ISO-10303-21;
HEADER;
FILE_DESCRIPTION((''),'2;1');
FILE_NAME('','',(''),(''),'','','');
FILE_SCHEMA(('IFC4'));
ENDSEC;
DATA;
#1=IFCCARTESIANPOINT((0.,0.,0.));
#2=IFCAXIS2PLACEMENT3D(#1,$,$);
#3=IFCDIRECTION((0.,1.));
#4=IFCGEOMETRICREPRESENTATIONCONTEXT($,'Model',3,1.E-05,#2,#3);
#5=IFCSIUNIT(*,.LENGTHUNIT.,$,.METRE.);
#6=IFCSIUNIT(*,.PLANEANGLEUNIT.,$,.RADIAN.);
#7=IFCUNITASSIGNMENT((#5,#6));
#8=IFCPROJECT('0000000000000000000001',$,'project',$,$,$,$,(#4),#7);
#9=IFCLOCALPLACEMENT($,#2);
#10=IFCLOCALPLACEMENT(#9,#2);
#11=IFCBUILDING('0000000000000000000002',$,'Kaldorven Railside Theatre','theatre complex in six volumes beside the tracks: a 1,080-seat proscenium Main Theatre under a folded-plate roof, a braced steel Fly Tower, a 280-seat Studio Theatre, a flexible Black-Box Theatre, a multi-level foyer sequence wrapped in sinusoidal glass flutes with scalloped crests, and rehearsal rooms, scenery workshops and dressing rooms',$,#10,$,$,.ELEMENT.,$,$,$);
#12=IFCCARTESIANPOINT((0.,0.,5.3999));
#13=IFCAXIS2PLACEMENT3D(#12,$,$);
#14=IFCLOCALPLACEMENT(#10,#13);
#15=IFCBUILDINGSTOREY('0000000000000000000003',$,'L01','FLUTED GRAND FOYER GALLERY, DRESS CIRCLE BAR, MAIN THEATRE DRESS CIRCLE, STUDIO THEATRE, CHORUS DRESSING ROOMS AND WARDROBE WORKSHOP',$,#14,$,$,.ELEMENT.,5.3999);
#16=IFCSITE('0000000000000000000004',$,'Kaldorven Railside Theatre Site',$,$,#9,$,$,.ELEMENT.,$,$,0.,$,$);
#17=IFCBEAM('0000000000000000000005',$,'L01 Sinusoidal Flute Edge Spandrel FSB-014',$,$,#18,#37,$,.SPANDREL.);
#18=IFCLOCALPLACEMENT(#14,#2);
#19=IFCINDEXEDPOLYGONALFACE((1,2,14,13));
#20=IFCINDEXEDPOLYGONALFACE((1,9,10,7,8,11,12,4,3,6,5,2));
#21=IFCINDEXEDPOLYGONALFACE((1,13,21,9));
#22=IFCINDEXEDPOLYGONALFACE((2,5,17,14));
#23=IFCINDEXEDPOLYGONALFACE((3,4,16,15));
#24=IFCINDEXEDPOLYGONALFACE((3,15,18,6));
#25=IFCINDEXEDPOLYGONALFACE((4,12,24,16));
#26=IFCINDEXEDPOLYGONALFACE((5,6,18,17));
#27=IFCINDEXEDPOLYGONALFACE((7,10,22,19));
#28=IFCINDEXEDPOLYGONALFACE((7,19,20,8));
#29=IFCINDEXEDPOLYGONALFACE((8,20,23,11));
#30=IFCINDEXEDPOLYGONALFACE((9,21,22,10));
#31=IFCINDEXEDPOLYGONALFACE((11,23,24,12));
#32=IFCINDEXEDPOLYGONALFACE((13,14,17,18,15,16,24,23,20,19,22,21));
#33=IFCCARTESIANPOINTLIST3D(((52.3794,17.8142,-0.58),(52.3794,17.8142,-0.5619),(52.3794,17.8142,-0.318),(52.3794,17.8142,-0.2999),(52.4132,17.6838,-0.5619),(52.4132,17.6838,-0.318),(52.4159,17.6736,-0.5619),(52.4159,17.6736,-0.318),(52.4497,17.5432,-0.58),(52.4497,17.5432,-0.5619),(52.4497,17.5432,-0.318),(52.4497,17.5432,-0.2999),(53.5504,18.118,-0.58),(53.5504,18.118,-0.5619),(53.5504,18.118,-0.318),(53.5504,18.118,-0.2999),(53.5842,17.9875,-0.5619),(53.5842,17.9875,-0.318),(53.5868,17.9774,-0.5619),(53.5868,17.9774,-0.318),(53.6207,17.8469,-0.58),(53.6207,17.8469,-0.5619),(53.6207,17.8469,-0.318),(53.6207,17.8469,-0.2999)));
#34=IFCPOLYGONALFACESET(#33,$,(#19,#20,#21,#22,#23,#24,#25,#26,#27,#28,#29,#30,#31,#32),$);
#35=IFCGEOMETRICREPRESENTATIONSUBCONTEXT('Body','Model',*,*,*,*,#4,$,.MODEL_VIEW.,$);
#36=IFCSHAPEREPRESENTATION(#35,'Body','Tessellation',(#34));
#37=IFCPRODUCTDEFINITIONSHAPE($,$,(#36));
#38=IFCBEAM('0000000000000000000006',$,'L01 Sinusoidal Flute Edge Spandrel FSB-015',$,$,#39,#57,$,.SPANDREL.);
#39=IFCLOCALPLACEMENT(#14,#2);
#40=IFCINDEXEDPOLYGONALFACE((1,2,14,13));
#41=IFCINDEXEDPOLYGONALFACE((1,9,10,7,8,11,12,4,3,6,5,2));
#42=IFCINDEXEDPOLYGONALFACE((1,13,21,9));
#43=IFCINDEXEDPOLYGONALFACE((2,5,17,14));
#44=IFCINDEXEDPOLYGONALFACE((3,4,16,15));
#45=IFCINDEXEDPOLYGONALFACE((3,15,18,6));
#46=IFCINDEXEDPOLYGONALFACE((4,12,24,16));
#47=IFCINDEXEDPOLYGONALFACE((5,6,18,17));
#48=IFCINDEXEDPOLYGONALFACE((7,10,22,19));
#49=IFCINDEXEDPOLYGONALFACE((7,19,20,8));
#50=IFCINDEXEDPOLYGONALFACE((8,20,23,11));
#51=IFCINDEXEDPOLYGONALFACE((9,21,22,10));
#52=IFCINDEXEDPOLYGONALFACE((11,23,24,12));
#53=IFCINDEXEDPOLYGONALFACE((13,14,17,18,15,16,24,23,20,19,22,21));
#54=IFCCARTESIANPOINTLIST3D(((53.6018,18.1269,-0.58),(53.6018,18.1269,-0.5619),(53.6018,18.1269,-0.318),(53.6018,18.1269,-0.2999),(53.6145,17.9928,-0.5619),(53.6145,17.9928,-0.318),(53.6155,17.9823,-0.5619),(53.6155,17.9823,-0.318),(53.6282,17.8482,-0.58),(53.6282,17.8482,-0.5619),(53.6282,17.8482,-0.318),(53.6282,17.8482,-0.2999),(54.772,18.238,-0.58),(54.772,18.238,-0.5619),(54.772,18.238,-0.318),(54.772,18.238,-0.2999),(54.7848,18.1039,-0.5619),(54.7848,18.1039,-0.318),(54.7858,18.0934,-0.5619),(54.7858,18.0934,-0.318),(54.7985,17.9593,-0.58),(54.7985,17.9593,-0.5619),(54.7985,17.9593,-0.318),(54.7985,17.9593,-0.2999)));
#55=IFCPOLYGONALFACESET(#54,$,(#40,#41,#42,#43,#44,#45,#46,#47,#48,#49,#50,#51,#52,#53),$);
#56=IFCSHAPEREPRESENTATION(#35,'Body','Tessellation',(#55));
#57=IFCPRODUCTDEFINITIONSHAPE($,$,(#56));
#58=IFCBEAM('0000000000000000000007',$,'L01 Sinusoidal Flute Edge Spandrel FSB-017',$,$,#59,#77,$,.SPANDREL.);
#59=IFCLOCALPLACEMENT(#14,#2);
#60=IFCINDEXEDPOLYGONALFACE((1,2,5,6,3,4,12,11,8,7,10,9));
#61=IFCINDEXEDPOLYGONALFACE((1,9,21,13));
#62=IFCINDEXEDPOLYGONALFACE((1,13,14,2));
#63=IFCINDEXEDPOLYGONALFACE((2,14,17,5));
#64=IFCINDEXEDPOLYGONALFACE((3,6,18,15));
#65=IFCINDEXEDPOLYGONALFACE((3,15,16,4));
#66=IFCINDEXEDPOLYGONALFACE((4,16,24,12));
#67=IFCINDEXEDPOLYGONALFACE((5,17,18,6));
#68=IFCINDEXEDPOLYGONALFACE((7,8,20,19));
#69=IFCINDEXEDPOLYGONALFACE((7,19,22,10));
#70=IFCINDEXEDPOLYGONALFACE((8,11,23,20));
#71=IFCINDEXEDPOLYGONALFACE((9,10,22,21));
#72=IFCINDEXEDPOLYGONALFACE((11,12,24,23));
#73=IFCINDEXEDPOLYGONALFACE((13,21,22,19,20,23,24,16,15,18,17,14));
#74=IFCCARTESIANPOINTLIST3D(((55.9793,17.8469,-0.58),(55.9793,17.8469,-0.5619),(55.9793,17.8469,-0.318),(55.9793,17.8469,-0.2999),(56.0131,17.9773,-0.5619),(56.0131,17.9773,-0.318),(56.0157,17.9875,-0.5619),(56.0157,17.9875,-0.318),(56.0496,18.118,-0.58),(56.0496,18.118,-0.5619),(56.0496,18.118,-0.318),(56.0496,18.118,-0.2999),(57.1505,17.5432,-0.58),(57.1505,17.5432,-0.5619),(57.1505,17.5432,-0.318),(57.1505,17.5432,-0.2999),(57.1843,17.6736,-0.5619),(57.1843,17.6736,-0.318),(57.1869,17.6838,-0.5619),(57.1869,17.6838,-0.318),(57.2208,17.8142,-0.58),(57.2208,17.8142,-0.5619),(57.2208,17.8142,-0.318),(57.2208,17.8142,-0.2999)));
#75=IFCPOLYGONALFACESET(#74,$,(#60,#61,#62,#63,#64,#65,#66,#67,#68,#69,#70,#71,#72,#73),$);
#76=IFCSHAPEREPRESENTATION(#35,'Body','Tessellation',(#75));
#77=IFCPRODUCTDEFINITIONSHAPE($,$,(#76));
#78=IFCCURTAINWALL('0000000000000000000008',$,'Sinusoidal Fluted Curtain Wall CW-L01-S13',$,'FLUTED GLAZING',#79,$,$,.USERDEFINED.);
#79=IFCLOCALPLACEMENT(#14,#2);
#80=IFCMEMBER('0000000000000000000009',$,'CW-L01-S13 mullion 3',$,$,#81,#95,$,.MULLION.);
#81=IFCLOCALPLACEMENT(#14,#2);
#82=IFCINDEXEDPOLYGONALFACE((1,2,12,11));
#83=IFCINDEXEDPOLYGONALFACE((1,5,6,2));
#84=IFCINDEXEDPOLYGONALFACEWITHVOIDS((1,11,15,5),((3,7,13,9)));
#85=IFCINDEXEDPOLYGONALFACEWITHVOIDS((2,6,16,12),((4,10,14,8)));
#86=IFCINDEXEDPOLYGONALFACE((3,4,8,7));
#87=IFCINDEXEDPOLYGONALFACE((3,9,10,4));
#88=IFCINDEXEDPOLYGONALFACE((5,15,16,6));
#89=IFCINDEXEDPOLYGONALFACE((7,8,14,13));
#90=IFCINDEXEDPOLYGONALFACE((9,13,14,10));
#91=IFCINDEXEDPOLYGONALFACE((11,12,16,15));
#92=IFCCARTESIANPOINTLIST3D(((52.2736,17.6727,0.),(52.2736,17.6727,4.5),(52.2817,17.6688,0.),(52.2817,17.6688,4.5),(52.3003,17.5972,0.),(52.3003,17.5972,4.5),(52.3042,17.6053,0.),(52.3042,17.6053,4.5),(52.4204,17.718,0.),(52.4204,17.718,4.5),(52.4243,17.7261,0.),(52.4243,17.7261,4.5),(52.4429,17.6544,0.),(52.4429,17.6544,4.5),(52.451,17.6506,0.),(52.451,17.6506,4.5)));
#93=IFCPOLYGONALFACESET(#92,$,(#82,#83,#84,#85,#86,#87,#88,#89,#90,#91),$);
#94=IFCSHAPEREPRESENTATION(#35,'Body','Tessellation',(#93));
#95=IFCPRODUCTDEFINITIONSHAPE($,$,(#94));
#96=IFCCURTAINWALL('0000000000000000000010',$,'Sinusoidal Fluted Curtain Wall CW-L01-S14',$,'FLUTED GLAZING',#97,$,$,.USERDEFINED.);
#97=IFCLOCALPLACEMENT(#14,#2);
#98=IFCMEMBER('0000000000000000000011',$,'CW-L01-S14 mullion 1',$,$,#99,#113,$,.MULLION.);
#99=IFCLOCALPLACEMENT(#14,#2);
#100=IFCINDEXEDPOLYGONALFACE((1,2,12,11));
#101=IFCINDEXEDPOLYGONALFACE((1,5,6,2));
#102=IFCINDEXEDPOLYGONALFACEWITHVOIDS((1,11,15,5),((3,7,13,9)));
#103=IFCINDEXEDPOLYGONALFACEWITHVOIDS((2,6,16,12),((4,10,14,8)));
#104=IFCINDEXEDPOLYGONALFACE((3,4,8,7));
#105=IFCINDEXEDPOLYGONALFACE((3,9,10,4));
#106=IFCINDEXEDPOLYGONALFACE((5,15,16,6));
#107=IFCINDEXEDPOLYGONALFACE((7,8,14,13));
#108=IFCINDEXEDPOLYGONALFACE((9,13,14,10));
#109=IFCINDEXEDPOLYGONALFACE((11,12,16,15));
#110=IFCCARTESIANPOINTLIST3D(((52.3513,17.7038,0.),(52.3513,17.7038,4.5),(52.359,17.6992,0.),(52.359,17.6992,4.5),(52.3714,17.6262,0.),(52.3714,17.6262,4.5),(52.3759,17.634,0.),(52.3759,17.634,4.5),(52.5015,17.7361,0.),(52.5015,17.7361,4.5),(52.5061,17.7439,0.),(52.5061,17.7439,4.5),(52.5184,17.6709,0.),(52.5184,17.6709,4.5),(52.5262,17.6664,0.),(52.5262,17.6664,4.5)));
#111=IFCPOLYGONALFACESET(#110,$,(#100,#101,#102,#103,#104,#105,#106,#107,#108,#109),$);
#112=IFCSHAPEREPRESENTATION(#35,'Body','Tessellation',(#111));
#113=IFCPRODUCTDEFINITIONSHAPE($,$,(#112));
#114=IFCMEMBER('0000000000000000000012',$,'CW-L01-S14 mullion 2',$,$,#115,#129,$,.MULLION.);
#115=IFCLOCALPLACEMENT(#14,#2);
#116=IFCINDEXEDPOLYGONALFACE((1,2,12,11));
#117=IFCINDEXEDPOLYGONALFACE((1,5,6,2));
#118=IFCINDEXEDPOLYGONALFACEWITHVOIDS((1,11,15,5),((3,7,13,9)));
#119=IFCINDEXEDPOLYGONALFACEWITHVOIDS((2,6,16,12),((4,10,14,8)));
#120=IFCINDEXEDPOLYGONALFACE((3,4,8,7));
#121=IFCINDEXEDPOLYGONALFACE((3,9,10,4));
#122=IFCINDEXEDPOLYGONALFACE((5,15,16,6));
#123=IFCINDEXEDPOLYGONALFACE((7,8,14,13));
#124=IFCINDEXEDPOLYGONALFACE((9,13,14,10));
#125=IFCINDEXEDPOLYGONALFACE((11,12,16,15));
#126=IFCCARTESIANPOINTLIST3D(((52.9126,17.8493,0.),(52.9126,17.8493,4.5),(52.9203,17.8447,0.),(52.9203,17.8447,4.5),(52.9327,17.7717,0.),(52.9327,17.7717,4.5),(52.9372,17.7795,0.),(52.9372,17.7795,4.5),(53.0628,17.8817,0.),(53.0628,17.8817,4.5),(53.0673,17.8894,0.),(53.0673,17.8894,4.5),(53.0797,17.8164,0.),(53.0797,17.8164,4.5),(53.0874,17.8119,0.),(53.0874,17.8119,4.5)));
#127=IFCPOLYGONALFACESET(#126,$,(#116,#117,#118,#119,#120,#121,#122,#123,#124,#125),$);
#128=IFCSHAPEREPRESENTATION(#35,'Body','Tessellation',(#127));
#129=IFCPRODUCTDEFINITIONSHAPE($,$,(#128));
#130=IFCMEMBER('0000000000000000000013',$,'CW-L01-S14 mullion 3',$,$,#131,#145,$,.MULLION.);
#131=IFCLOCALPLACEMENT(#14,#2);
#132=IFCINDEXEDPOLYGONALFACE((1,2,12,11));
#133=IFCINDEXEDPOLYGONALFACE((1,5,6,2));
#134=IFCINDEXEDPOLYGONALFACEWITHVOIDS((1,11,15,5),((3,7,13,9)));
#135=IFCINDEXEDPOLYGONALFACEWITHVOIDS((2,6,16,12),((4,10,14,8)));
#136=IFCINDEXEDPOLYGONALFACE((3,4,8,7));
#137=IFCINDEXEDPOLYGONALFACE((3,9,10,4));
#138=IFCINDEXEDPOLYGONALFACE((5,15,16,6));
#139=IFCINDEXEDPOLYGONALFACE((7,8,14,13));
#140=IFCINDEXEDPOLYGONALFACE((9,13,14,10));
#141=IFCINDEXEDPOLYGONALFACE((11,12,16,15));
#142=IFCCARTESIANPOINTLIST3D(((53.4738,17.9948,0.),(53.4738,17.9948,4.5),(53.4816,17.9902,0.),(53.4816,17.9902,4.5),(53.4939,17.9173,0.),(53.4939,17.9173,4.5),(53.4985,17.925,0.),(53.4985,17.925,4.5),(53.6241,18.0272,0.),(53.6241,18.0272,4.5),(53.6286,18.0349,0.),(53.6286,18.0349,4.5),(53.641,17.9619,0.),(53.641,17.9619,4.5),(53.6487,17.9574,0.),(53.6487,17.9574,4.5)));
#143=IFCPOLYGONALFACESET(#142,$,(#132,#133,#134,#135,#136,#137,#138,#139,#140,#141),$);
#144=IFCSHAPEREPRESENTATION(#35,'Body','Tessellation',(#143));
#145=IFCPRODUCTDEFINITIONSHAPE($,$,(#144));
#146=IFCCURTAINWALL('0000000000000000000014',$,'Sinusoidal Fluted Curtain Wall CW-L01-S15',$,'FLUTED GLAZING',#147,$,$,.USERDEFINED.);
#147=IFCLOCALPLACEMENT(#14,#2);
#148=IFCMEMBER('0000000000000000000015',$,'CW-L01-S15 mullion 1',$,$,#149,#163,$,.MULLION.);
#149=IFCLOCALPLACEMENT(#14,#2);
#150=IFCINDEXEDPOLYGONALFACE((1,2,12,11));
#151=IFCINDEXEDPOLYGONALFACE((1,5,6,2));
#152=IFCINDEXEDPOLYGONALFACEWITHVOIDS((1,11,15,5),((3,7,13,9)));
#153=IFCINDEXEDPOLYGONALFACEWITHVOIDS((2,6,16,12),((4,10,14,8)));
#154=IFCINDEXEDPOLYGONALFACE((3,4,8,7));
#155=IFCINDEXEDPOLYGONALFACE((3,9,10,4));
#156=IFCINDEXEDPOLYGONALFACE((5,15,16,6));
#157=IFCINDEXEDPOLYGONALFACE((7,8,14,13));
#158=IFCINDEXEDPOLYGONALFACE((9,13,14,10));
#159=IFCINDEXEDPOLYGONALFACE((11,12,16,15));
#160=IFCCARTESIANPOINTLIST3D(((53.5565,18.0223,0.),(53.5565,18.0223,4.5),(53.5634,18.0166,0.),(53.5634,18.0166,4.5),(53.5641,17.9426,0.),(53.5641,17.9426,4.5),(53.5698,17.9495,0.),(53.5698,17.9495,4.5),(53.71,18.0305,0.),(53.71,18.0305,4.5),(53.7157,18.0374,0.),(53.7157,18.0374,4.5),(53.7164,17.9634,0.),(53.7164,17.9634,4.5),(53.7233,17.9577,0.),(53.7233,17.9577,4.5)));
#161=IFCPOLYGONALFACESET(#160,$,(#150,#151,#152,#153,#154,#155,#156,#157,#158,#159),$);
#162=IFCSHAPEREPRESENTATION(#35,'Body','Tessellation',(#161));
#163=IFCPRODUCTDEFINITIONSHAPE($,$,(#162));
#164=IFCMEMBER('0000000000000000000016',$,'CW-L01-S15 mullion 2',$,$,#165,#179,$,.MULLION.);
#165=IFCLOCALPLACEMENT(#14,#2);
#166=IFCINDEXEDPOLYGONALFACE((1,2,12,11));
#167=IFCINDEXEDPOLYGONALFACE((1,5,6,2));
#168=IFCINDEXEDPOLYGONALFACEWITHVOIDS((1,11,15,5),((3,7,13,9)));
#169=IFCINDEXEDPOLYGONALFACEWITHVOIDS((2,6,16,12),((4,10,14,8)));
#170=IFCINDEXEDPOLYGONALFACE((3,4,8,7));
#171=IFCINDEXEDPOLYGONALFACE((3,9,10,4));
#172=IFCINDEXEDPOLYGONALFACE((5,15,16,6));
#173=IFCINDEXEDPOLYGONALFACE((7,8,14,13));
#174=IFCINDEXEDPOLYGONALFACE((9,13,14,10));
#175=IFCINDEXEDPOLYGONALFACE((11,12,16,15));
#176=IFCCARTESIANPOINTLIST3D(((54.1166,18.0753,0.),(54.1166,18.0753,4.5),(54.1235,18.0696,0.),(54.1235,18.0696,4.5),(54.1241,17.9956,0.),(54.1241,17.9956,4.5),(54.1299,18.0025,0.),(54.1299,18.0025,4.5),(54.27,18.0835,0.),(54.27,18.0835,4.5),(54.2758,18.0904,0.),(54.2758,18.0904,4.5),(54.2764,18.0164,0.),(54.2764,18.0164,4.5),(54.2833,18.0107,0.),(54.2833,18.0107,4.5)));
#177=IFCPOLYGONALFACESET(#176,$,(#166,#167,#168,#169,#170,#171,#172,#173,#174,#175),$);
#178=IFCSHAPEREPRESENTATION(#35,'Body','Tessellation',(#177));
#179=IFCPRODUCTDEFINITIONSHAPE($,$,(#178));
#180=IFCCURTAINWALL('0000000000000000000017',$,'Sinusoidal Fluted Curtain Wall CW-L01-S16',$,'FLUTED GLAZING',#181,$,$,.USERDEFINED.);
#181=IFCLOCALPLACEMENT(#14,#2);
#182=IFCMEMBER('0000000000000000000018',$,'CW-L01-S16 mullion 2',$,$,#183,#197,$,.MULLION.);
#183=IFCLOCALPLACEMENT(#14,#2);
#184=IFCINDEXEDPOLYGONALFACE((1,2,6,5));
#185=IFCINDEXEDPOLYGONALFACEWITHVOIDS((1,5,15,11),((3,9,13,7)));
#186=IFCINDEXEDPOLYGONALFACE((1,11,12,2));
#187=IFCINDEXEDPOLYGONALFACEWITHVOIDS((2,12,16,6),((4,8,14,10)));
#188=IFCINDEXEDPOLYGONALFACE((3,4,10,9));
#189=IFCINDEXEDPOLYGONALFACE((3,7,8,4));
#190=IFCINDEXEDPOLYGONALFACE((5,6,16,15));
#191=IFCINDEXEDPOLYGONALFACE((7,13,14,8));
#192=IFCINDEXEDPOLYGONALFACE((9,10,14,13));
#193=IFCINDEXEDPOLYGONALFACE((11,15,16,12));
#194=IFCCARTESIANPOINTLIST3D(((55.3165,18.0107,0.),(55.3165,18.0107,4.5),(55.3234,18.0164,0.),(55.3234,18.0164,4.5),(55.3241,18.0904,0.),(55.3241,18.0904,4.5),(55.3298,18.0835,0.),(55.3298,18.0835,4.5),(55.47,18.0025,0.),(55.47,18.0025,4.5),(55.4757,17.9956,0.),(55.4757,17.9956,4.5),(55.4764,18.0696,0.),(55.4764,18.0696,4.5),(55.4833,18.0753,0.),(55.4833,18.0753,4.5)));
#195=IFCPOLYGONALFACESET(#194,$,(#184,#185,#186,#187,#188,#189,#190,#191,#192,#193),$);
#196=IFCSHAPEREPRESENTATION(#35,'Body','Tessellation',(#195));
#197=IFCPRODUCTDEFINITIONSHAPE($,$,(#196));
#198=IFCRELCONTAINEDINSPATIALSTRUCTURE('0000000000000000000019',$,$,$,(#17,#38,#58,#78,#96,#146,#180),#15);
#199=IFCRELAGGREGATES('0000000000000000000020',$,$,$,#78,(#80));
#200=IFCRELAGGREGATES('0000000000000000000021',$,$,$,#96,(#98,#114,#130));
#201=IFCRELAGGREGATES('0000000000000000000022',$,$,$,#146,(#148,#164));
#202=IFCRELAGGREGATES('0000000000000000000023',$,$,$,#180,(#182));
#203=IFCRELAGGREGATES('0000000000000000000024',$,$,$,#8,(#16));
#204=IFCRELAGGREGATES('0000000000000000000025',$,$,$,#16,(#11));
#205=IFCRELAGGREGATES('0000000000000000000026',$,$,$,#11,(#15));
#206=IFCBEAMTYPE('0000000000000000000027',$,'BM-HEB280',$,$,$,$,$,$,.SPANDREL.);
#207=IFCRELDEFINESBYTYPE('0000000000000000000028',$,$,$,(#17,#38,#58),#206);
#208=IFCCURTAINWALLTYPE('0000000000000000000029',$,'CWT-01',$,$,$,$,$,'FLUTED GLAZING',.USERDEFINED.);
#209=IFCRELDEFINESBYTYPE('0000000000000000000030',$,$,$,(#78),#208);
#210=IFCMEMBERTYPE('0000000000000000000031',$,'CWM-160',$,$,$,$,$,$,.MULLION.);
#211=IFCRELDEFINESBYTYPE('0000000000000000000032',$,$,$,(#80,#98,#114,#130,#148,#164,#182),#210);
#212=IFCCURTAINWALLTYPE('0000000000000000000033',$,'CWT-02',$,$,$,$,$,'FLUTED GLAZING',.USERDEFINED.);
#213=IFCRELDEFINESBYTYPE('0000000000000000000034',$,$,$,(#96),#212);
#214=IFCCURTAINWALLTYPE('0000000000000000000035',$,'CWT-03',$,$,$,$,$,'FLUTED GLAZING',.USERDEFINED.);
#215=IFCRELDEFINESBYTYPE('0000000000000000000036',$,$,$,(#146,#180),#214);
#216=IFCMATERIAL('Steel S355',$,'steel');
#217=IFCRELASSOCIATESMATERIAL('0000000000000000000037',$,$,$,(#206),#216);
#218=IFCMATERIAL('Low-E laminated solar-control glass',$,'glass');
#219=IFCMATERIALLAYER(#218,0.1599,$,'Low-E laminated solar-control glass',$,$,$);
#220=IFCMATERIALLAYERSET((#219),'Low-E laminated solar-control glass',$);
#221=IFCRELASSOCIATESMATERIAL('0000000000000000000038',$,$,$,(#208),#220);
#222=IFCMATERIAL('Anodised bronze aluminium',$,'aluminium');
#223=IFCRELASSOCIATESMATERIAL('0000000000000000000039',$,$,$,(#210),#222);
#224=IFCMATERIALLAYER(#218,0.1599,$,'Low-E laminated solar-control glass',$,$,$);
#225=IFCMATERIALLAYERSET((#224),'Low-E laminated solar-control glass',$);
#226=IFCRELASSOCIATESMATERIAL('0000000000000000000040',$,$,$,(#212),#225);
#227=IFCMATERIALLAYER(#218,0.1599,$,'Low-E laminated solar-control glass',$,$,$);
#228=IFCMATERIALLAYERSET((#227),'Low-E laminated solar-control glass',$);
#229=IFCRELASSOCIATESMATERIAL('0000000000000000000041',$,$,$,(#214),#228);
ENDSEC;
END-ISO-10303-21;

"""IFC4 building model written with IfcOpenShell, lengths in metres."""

from ifc_helpers import new_model, si_unit, direction, frame, origin, origin_2d, place, context, subcontext, project, spatial, hollow_rectangle, i_section, extrude, material, layer, layer_set, material_profile, profile_set, type_object, element, aggregate, save


model = new_model("IFC4")

# Units and contexts
model_context = context("Model", 3, precision=1e-05, world=origin(), true_north=direction((0.0, 1.0)))
body_context = subcontext(model_context, "Body", "Model", "MODEL_VIEW")
ifc_project = project(units=[si_unit("LENGTHUNIT", "METRE"), si_unit("PLANEANGLEUNIT", "RADIAN")], contexts=[model_context])

# Site, building, storey
site_placement = place(None, origin())
site = spatial("IfcSite", under=ifc_project, at=site_placement, Name="Kaldorven Railside Theatre Site", CompositionType="ELEMENT", RefElevation=0.0)
building_placement = place(site_placement, origin())
building = spatial("IfcBuilding", under=site, at=building_placement, Name="Kaldorven Railside Theatre", Description="theatre complex in six volumes beside the tracks: a 1,080-seat proscenium Main Theatre under a folded-plate roof, a braced steel Fly Tower, a 280-seat Studio Theatre, a flexible Black-Box Theatre, a multi-level foyer sequence wrapped in sinusoidal glass flutes with scalloped crests, and rehearsal rooms, scenery workshops and dressing rooms", CompositionType="ELEMENT")
storey_placement = place(building_placement, frame((0.0, 0.0, 5.3999)))
storey = spatial("IfcBuildingStorey", under=building, at=storey_placement, Name="L01", Description="FLUTED GRAND FOYER GALLERY, DRESS CIRCLE BAR, MAIN THEATRE DRESS CIRCLE, STUDIO THEATRE, CHORUS DRESSING ROOMS AND WARDROBE WORKSHOP", CompositionType="ELEMENT", Elevation=5.3999)

# Beams
ifc_material_1 = material(Name="Steel S355", Category="steel")
ifc_material_profile_1 = material_profile(ifc_material_1, i_section(OverallWidth=0.28, OverallDepth=0.28, WebThickness=0.0105, FlangeThickness=0.0181, at=origin_2d()), Name="HEB 280")
ifc_profile_set_1 = profile_set([ifc_material_profile_1], Name="Steel S355")
beam_type = type_object("IfcBeamType", Name="BM-HEB280", PredefinedType="SPANDREL", material=ifc_profile_set_1)
beam_1_placement = place(storey_placement, frame((52.4146, 17.6787, -0.4399), z_axis=(0.967968, 0.251074, 0.0), x_axis=(-0.251074, 0.967968, 0.0)))
element("IfcBeam", 1, at=beam_1_placement, inside=storey, type_object=beam_type, Name="L01 Sinusoidal Flute Edge Spandrel FSB-014", PredefinedType="SPANDREL", context=body_context, shape_type="SweptSolid", body=[
    extrude(i_section(OverallWidth=0.28, OverallDepth=0.28, WebThickness=0.0105, FlangeThickness=0.0181, at=origin_2d()), origin(), (0.0, 0.0, 1.0), 1.2097),
])
beam_2_placement = place(storey_placement, frame((53.615, 17.9875, -0.4399), z_axis=(0.995524, 0.094505, 0.0), x_axis=(-0.094505, 0.995524, 0.0)))
element("IfcBeam", 2, at=beam_2_placement, inside=storey, type_object=beam_type, Name="L01 Sinusoidal Flute Edge Spandrel FSB-015", PredefinedType="SPANDREL", context=body_context, shape_type="SweptSolid", body=[
    extrude(i_section(OverallWidth=0.28, OverallDepth=0.28, WebThickness=0.0105, FlangeThickness=0.0181, at=origin_2d()), origin(), (0.0, 0.0, 1.0), 1.1755),
])
beam_3_placement = place(storey_placement, frame((56.0144, 17.9824, -0.4399), z_axis=(0.967981, -0.251025, 0.0), x_axis=(0.251025, 0.967981, 0.0)))
element("IfcBeam", 3, at=beam_3_placement, inside=storey, type_object=beam_type, Name="L01 Sinusoidal Flute Edge Spandrel FSB-017", PredefinedType="SPANDREL", context=body_context, shape_type="SweptSolid", body=[
    extrude(i_section(OverallWidth=0.28, OverallDepth=0.28, WebThickness=0.0105, FlangeThickness=0.0181, at=origin_2d()), origin(), (0.0, 0.0, 1.0), 1.21),
])

# Curtain wall, member
ifc_material_2 = material(Name="Low-E laminated solar-control glass", Category="glass")
ifc_layer_1 = layer(ifc_material_2, 0.1599, Name="Low-E laminated solar-control glass")
ifc_layer_set_1 = layer_set([ifc_layer_1], Name="Low-E laminated solar-control glass")
curtain_wall_type_1 = type_object("IfcCurtainWallType", Name="CWT-01", ElementType="FLUTED GLAZING", PredefinedType="USERDEFINED", material=ifc_layer_set_1)
curtain_wall_1_placement = place(storey_placement, origin())
curtain_wall_1 = element("IfcCurtainWall", 4, at=curtain_wall_1_placement, inside=storey, type_object=curtain_wall_type_1, Name="Sinusoidal Fluted Curtain Wall CW-L01-S13", ObjectType="FLUTED GLAZING", PredefinedType="USERDEFINED")
ifc_material_3 = material(Name="Anodised bronze aluminium", Category="aluminium")
ifc_material_profile_2 = material_profile(ifc_material_3, hollow_rectangle(XDim=0.0801, YDim=0.1599, WallThickness=0.0063, at=origin_2d()), Name="RHS 160x80x6.3")
ifc_profile_set_2 = profile_set([ifc_material_profile_2], Name="Anodised bronze aluminium")
member_type_1 = type_object("IfcMemberType", Name="CWM-160", PredefinedType="MULLION", material=ifc_profile_set_2)
member_1_placement = place(storey_placement, frame((52.3623, 17.6616, 0.0), z_axis=(0.0, 0.0, 1.0), x_axis=(-0.333847, 0.942627, 0.0)))
member_1 = element("IfcMember", 5, at=member_1_placement, type_object=member_type_1, Name="CW-L01-S13 mullion 3", PredefinedType="MULLION", context=body_context, shape_type="SweptSolid", body=[
    extrude(hollow_rectangle(XDim=0.0801, YDim=0.1599, WallThickness=0.0063, at=origin_2d()), origin(), (0.0, 0.0, 1.0), 4.5),
])
aggregate(curtain_wall_1, [member_1])

# Curtain walls, members
ifc_layer_2 = layer(ifc_material_2, 0.1599, Name="Low-E laminated solar-control glass")
ifc_layer_set_2 = layer_set([ifc_layer_2], Name="Low-E laminated solar-control glass")
curtain_wall_type_2 = type_object("IfcCurtainWallType", Name="CWT-02", ElementType="FLUTED GLAZING", PredefinedType="USERDEFINED", material=ifc_layer_set_2)
curtain_wall_2_placement = place(storey_placement, origin())
curtain_wall_2 = element("IfcCurtainWall", 6, at=curtain_wall_2_placement, inside=storey, type_object=curtain_wall_type_2, Name="Sinusoidal Fluted Curtain Wall CW-L01-S14", ObjectType="FLUTED GLAZING", PredefinedType="USERDEFINED")
member_2_placement = place(storey_placement, frame((52.4387, 17.6851, 0.0), z_axis=(0.0, 0.0, 1.0), x_axis=(-0.250954, 0.967999, 0.0)))
member_2 = element("IfcMember", 7, at=member_2_placement, type_object=member_type_1, Name="CW-L01-S14 mullion 1", PredefinedType="MULLION", context=body_context, shape_type="SweptSolid", body=[
    extrude(hollow_rectangle(XDim=0.0801, YDim=0.1599, WallThickness=0.0063, at=origin_2d()), origin(), (0.0, 0.0, 1.0), 4.5),
])
member_3_placement = place(storey_placement, frame((53.0, 17.8306, 0.0), z_axis=(0.0, 0.0, 1.0), x_axis=(-0.250954, 0.967999, 0.0)))
member_3 = element("IfcMember", 8, at=member_3_placement, type_object=member_type_1, Name="CW-L01-S14 mullion 2", PredefinedType="MULLION", context=body_context, shape_type="SweptSolid", body=[
    extrude(hollow_rectangle(XDim=0.0801, YDim=0.1599, WallThickness=0.0063, at=origin_2d()), origin(), (0.0, 0.0, 1.0), 4.5),
])
member_4_placement = place(storey_placement, frame((53.5613, 17.9761, 0.0), z_axis=(0.0, 0.0, 1.0), x_axis=(-0.250954, 0.967999, 0.0)))
member_4 = element("IfcMember", 9, at=member_4_placement, type_object=member_type_1, Name="CW-L01-S14 mullion 3", PredefinedType="MULLION", context=body_context, shape_type="SweptSolid", body=[
    extrude(hollow_rectangle(XDim=0.0801, YDim=0.1599, WallThickness=0.0063, at=origin_2d()), origin(), (0.0, 0.0, 1.0), 4.5),
])
ifc_layer_3 = layer(ifc_material_2, 0.1599, Name="Low-E laminated solar-control glass")
ifc_layer_set_3 = layer_set([ifc_layer_3], Name="Low-E laminated solar-control glass")
curtain_wall_type_3 = type_object("IfcCurtainWallType", Name="CWT-03", ElementType="FLUTED GLAZING", PredefinedType="USERDEFINED", material=ifc_layer_set_3)
curtain_wall_3_placement = place(storey_placement, origin())
curtain_wall_3 = element("IfcCurtainWall", 10, at=curtain_wall_3_placement, inside=storey, type_object=curtain_wall_type_3, Name="Sinusoidal Fluted Curtain Wall CW-L01-S15", ObjectType="FLUTED GLAZING", PredefinedType="USERDEFINED")
member_5_placement = place(storey_placement, frame((53.6399, 17.99, 0.0), z_axis=(0.0, 0.0, 1.0), x_axis=(-0.094492, 0.995526, 0.0)))
member_5 = element("IfcMember", 11, at=member_5_placement, type_object=member_type_1, Name="CW-L01-S15 mullion 1", PredefinedType="MULLION", context=body_context, shape_type="SweptSolid", body=[
    extrude(hollow_rectangle(XDim=0.0801, YDim=0.1599, WallThickness=0.0063, at=origin_2d()), origin(), (0.0, 0.0, 1.0), 4.5),
])
member_6_placement = place(storey_placement, frame((54.2, 18.043, 0.0), z_axis=(0.0, 0.0, 1.0), x_axis=(-0.094492, 0.995526, 0.0)))
member_6 = element("IfcMember", 12, at=member_6_placement, type_object=member_type_1, Name="CW-L01-S15 mullion 2", PredefinedType="MULLION", context=body_context, shape_type="SweptSolid", body=[
    extrude(hollow_rectangle(XDim=0.0801, YDim=0.1599, WallThickness=0.0063, at=origin_2d()), origin(), (0.0, 0.0, 1.0), 4.5),
])
curtain_wall_4_placement = place(storey_placement, origin())
curtain_wall_4 = element("IfcCurtainWall", 13, at=curtain_wall_4_placement, inside=storey, type_object=curtain_wall_type_3, Name="Sinusoidal Fluted Curtain Wall CW-L01-S16", ObjectType="FLUTED GLAZING", PredefinedType="USERDEFINED")
member_7_placement = place(storey_placement, frame((55.3999, 18.043, 0.0), z_axis=(0.0, 0.0, 1.0), x_axis=(0.094492, 0.995526, 0.0)))
member_7 = element("IfcMember", 14, at=member_7_placement, type_object=member_type_1, Name="CW-L01-S16 mullion 2", PredefinedType="MULLION", context=body_context, shape_type="SweptSolid", body=[
    extrude(hollow_rectangle(XDim=0.0801, YDim=0.1599, WallThickness=0.0063, at=origin_2d()), origin(), (0.0, 0.0, 1.0), 4.5),
])

aggregate(curtain_wall_2, [member_2, member_3, member_4])
aggregate(curtain_wall_3, [member_5, member_6])
aggregate(curtain_wall_4, [member_7])

save(model, "model.ifc")
